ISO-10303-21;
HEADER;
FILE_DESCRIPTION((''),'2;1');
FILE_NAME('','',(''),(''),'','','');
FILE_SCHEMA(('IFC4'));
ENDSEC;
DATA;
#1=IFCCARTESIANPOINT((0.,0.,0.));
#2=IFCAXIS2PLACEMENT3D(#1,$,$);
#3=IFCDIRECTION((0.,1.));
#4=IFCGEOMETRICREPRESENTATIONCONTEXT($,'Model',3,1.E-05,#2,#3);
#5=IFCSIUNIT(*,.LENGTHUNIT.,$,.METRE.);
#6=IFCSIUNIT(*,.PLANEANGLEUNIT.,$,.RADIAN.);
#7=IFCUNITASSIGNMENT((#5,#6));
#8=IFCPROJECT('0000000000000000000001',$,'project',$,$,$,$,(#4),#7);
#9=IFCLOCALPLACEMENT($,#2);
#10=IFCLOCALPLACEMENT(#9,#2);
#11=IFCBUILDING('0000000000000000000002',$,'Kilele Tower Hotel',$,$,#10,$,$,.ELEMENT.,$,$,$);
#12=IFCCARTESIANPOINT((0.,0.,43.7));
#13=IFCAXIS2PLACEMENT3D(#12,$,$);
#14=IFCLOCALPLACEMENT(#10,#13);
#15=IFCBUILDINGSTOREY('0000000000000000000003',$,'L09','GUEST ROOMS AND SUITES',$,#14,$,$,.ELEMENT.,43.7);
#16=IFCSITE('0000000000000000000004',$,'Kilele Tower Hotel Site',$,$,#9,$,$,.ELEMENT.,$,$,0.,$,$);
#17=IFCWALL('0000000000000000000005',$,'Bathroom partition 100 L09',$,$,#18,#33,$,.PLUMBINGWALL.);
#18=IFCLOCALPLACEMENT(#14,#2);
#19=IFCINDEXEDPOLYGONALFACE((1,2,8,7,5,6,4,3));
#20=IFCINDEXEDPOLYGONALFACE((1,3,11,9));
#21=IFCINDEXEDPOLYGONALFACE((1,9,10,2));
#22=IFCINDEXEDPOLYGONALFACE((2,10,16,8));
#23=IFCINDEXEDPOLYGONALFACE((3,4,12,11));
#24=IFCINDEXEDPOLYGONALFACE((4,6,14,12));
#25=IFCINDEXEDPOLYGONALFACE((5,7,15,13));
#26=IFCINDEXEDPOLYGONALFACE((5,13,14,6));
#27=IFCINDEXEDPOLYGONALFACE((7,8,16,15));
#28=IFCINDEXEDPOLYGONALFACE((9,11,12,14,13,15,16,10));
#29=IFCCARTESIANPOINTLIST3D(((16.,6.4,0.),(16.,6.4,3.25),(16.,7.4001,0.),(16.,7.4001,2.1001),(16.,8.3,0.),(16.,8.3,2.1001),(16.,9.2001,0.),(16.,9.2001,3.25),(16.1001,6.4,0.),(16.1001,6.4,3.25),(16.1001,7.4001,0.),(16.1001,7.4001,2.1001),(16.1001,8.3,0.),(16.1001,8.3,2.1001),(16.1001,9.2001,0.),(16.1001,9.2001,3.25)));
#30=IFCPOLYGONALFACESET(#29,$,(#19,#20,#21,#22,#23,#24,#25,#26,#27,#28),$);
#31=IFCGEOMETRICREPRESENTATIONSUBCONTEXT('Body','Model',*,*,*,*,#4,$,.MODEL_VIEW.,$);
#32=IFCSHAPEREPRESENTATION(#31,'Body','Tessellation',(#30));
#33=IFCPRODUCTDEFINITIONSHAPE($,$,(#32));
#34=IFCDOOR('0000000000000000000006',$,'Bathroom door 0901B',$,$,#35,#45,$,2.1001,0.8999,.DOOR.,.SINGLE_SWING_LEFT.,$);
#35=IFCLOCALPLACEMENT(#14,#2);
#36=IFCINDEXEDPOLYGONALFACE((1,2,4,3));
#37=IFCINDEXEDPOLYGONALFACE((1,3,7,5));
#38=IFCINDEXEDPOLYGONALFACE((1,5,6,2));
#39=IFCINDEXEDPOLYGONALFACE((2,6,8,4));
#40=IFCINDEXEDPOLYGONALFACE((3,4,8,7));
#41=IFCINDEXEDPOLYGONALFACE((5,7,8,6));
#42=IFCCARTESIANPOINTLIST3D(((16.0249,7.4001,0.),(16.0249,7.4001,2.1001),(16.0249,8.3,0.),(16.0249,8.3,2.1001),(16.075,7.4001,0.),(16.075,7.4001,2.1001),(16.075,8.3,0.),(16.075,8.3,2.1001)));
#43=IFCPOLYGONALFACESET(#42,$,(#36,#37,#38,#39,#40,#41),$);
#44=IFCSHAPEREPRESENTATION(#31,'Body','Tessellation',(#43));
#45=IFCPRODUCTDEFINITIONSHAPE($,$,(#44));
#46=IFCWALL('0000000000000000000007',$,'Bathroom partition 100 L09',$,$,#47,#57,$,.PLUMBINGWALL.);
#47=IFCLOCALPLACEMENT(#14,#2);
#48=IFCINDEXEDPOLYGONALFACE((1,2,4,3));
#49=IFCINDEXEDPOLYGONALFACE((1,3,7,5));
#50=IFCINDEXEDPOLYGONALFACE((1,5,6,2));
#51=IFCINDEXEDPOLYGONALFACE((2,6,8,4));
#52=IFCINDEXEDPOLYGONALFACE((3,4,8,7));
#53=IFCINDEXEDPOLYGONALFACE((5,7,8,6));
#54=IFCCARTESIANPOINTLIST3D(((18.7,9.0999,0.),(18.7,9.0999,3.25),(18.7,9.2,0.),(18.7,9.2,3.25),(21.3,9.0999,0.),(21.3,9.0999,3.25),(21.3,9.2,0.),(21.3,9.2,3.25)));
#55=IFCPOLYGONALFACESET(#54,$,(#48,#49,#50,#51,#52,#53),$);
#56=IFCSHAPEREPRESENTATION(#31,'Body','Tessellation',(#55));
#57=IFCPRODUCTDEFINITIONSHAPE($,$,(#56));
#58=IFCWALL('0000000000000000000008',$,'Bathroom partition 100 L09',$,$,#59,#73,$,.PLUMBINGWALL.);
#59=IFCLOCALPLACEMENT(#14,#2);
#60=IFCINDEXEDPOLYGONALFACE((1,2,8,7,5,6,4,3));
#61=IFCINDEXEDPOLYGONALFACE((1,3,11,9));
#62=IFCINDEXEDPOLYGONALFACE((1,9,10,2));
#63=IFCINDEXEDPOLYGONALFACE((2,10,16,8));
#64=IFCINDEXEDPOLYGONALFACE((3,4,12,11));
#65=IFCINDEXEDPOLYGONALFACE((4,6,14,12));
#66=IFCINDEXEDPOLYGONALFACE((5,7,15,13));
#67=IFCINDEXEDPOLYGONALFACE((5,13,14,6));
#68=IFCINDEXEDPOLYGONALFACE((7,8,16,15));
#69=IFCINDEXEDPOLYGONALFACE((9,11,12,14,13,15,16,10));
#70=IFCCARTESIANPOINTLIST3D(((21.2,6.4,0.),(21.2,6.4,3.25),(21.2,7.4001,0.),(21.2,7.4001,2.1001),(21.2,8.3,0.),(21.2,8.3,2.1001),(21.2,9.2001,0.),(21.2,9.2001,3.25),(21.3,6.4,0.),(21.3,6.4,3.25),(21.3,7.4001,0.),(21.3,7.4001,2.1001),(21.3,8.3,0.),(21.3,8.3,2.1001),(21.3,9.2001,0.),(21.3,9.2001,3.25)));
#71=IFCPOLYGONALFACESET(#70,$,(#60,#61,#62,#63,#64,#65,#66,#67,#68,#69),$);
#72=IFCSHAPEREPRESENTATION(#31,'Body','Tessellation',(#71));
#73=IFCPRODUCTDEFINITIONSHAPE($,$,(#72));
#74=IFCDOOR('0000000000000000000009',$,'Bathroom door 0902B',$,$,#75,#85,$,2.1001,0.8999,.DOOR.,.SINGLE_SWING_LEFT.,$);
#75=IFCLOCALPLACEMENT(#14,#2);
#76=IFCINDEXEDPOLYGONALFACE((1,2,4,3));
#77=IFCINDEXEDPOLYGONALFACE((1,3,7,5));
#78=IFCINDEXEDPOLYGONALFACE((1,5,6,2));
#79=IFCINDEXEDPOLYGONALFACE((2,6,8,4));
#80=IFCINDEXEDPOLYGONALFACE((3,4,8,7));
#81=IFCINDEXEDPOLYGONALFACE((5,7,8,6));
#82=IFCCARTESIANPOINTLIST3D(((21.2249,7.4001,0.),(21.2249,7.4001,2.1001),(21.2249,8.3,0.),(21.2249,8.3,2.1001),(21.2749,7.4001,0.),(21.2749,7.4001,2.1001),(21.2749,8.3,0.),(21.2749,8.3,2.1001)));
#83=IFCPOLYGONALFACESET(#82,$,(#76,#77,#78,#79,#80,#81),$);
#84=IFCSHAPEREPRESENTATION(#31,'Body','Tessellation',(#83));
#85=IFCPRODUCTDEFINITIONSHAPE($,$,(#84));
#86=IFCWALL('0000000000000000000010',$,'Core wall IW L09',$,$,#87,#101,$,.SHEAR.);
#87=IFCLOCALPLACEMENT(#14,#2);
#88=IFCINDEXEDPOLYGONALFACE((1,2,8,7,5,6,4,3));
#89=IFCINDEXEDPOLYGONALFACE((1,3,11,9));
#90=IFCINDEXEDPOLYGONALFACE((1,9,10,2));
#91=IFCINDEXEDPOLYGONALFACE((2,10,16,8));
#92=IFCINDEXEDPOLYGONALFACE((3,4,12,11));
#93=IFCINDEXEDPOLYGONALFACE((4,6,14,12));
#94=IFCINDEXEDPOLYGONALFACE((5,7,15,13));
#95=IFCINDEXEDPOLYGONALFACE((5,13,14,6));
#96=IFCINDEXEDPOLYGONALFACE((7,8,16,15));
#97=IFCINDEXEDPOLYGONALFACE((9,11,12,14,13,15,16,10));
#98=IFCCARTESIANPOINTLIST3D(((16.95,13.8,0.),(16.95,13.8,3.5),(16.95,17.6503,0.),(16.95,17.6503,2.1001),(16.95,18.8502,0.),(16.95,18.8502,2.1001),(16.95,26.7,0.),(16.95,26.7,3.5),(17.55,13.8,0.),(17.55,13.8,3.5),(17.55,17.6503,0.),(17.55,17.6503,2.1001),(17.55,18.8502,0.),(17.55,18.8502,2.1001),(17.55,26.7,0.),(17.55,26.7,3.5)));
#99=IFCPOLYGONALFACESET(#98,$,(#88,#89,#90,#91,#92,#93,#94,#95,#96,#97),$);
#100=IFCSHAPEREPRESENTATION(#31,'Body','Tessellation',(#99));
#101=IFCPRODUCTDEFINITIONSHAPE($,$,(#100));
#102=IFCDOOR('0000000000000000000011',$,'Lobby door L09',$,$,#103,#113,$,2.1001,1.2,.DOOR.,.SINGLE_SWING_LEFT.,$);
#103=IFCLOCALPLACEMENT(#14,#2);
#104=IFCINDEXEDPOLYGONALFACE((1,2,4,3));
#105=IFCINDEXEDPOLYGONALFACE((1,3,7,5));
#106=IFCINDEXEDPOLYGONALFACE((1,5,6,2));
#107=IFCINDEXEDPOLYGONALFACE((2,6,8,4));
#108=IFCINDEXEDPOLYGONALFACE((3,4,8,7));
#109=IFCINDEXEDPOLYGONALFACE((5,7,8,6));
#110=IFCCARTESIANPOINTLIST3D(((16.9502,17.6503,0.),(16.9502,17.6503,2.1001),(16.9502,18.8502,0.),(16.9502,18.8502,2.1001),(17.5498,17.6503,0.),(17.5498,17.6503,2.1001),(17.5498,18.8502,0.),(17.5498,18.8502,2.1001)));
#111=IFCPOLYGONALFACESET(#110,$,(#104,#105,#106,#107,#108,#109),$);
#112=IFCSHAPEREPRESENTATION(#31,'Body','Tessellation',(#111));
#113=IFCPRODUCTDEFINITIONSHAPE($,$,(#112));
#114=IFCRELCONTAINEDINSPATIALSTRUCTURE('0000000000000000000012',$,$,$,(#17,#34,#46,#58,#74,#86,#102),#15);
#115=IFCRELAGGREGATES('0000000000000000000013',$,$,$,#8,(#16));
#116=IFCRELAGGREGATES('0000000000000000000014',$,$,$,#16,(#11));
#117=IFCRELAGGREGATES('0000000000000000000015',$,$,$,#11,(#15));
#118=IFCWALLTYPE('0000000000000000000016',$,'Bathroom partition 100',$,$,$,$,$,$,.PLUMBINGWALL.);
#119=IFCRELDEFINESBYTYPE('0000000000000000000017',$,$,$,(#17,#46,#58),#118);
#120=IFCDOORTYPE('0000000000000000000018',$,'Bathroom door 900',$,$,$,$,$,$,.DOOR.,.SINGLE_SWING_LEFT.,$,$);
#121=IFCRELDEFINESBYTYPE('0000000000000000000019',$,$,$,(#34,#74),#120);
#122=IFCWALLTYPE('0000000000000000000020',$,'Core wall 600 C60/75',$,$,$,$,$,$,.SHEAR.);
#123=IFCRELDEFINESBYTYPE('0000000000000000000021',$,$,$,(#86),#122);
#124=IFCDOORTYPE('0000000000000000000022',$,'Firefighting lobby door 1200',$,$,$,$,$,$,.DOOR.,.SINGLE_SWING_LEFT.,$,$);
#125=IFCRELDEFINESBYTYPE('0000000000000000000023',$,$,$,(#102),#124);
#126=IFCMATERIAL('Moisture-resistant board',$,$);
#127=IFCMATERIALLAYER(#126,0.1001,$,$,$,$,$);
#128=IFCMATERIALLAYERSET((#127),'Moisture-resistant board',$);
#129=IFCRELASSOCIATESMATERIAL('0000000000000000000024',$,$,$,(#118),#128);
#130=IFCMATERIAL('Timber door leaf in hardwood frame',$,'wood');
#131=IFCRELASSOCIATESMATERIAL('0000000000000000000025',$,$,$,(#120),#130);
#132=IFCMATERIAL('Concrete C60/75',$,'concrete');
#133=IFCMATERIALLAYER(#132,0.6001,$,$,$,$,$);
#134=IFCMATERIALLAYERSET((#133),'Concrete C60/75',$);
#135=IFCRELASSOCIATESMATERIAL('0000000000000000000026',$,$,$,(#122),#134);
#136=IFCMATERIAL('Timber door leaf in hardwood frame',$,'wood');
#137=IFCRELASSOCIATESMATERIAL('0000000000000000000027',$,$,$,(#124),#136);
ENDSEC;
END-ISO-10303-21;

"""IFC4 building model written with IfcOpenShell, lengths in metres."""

from ifc_helpers import new_model, si_unit, direction, frame, frame_2d, origin, place, context, subcontext, project, spatial, rectangle, extrude, material, layer, layer_set, type_object, element, fill, save


model = new_model("IFC4")

# Units and contexts
model_context = context("Model", 3, precision=1e-05, world=origin(), true_north=direction((0.0, 1.0)))
body_context = subcontext(model_context, "Body", "Model", "MODEL_VIEW")
ifc_project = project(units=[si_unit("LENGTHUNIT", "METRE"), si_unit("PLANEANGLEUNIT", "RADIAN")], contexts=[model_context])

# Site, building, storey
site_placement = place(None, origin())
site = spatial("IfcSite", under=ifc_project, at=site_placement, Name="Kilele Tower Hotel Site", CompositionType="ELEMENT", RefElevation=0.0)
building_placement = place(site_placement, origin())
building = spatial("IfcBuilding", under=site, at=building_placement, Name="Kilele Tower Hotel", CompositionType="ELEMENT")
storey_placement = place(building_placement, frame((0.0, 0.0, 43.7)))
storey = spatial("IfcBuildingStorey", under=building, at=storey_placement, Name="L09", Description="GUEST ROOMS AND SUITES", CompositionType="ELEMENT", Elevation=43.7)

# Wall, opening, door
ifc_material_1 = material(Name="Moisture-resistant board")
ifc_layer_1 = layer(ifc_material_1, 0.1001)
ifc_layer_set_1 = layer_set([ifc_layer_1], Name="Moisture-resistant board")
wall_type_1 = type_object("IfcWallType", Name="Bathroom partition 100", PredefinedType="PLUMBINGWALL", material=ifc_layer_set_1)
wall_1_placement = place(storey_placement, frame((16.05, 9.2, 0.0), z_axis=(0.0, 0.0, 1.0), x_axis=(0.0, -1.0, 0.0)))
wall_1 = element("IfcWall", 1, at=wall_1_placement, inside=storey, type_object=wall_type_1, Name="Bathroom partition 100 L09", PredefinedType="PLUMBINGWALL", context=body_context, shape_type="SweptSolid", body=[
    extrude(rectangle(XDim=2.8, YDim=0.1001, at=frame_2d((1.3999, 0.0))), origin(), (0.0, 0.0, 1.0), 3.25),
])
opening_1_placement = place(wall_1_placement, frame((0.8999, 0.0, 0.0)))
opening_1 = element("IfcOpeningElement", 2, at=opening_1_placement, cuts=wall_1, PredefinedType="OPENING", context=body_context, shape_type="SweptSolid", body=[
    extrude(rectangle(XDim=0.8999, YDim=2.1001, at=frame_2d((0.45, 1.05))), frame((0.0, 0.0601, 0.0), z_axis=(0.0, -1.0, 0.0), x_axis=(1.0, 0.0, 0.0)), (0.0, 0.0, 1.0), 0.1201),
])
ifc_material_2 = material(Name="Timber door leaf in hardwood frame", Category="wood")
door_type_1 = type_object("IfcDoorType", Name="Bathroom door 900", OperationType="SINGLE_SWING_LEFT", PredefinedType="DOOR", material=ifc_material_2)
door_1_placement = place(opening_1_placement, origin())
door_1 = element("IfcDoor", 3, at=door_1_placement, inside=storey, type_object=door_type_1, Name="Bathroom door 0901B", OperationType="SINGLE_SWING_LEFT", OverallHeight=2.1001, OverallWidth=0.8999, PredefinedType="DOOR", context=body_context, shape_type="SweptSolid", body=[
    extrude(rectangle(XDim=0.8999, YDim=2.1001, at=frame_2d((0.45, 1.05))), frame((0.0, 0.0249, 0.0), z_axis=(0.0, -1.0, 0.0), x_axis=(1.0, 0.0, 0.0)), (0.0, 0.0, 1.0), 0.05),
])
fill(opening_1, door_1)

# Wall
wall_2_placement = place(storey_placement, frame((18.7, 9.1499, 0.0), z_axis=(0.0, 0.0, 1.0), x_axis=(1.0, 0.0, 0.0)))
element("IfcWall", 4, at=wall_2_placement, inside=storey, type_object=wall_type_1, Name="Bathroom partition 100 L09", PredefinedType="PLUMBINGWALL", context=body_context, shape_type="SweptSolid", body=[
    extrude(rectangle(XDim=2.6001, YDim=0.1001, at=frame_2d((1.3, 0.0))), origin(), (0.0, 0.0, 1.0), 3.25),
])

# Walls, openings, doors
wall_3_placement = place(storey_placement, frame((21.25, 9.2, 0.0), z_axis=(0.0, 0.0, 1.0), x_axis=(0.0, -1.0, 0.0)))
wall_3 = element("IfcWall", 5, at=wall_3_placement, inside=storey, type_object=wall_type_1, Name="Bathroom partition 100 L09", PredefinedType="PLUMBINGWALL", context=body_context, shape_type="SweptSolid", body=[
    extrude(rectangle(XDim=2.8, YDim=0.1001, at=frame_2d((1.3999, 0.0))), origin(), (0.0, 0.0, 1.0), 3.25),
])
opening_2_placement = place(wall_3_placement, frame((0.8999, 0.0, 0.0)))
opening_2 = element("IfcOpeningElement", 6, at=opening_2_placement, cuts=wall_3, PredefinedType="OPENING", context=body_context, shape_type="SweptSolid", body=[
    extrude(rectangle(XDim=0.8999, YDim=2.1001, at=frame_2d((0.45, 1.05))), frame((0.0, 0.0601, 0.0), z_axis=(0.0, -1.0, 0.0), x_axis=(1.0, 0.0, 0.0)), (0.0, 0.0, 1.0), 0.1201),
])
door_2_placement = place(opening_2_placement, origin())
door_2 = element("IfcDoor", 7, at=door_2_placement, inside=storey, type_object=door_type_1, Name="Bathroom door 0902B", OperationType="SINGLE_SWING_LEFT", OverallHeight=2.1001, OverallWidth=0.8999, PredefinedType="DOOR", context=body_context, shape_type="SweptSolid", body=[
    extrude(rectangle(XDim=0.8999, YDim=2.1001, at=frame_2d((0.45, 1.05))), frame((0.0, 0.0249, 0.0), z_axis=(0.0, -1.0, 0.0), x_axis=(1.0, 0.0, 0.0)), (0.0, 0.0, 1.0), 0.05),
])
fill(opening_2, door_2)
ifc_material_3 = material(Name="Concrete C60/75", Category="concrete")
ifc_layer_2 = layer(ifc_material_3, 0.6001)
ifc_layer_set_2 = layer_set([ifc_layer_2], Name="Concrete C60/75")
wall_type_2 = type_object("IfcWallType", Name="Core wall 600 C60/75", PredefinedType="SHEAR", material=ifc_layer_set_2)
wall_4_placement = place(storey_placement, frame((17.25, 13.8, 0.0), z_axis=(0.0, 0.0, 1.0), x_axis=(0.0, 1.0, 0.0)))
wall_4 = element("IfcWall", 8, at=wall_4_placement, inside=storey, type_object=wall_type_2, Name="Core wall IW L09", PredefinedType="SHEAR", context=body_context, shape_type="SweptSolid", body=[
    extrude(rectangle(XDim=12.8999, YDim=0.6001, at=frame_2d((6.45, 0.0))), origin(), (0.0, 0.0, 1.0), 3.5),
])
opening_3_placement = place(wall_4_placement, frame((3.8501, 0.0, 0.0)))
opening_3 = element("IfcOpeningElement", 9, at=opening_3_placement, cuts=wall_4, PredefinedType="OPENING", context=body_context, shape_type="SweptSolid", body=[
    extrude(rectangle(XDim=1.2, YDim=2.1001, at=frame_2d((0.6001, 1.05))), frame((0.0, 0.3101, 0.0), z_axis=(0.0, -1.0, 0.0), x_axis=(1.0, 0.0, 0.0)), (0.0, 0.0, 1.0), 0.6201),
])
ifc_material_4 = material(Name="Timber door leaf in hardwood frame", Category="wood")
door_type_2 = type_object("IfcDoorType", Name="Firefighting lobby door 1200", OperationType="SINGLE_SWING_LEFT", PredefinedType="DOOR", material=ifc_material_4)
door_3_placement = place(opening_3_placement, origin())
door_3 = element("IfcDoor", 10, at=door_3_placement, inside=storey, type_object=door_type_2, Name="Lobby door L09", OperationType="SINGLE_SWING_LEFT", OverallHeight=2.1001, OverallWidth=1.2, PredefinedType="DOOR", context=body_context, shape_type="SweptSolid", body=[
    extrude(rectangle(XDim=1.2, YDim=2.1001, at=frame_2d((0.6001, 1.05))), frame((0.0, 0.2998, 0.0), z_axis=(0.0, -1.0, 0.0), x_axis=(1.0, 0.0, 0.0)), (0.0, 0.0, 1.0), 0.5996),
])
fill(opening_3, door_3)

save(model, "model.ifc")
